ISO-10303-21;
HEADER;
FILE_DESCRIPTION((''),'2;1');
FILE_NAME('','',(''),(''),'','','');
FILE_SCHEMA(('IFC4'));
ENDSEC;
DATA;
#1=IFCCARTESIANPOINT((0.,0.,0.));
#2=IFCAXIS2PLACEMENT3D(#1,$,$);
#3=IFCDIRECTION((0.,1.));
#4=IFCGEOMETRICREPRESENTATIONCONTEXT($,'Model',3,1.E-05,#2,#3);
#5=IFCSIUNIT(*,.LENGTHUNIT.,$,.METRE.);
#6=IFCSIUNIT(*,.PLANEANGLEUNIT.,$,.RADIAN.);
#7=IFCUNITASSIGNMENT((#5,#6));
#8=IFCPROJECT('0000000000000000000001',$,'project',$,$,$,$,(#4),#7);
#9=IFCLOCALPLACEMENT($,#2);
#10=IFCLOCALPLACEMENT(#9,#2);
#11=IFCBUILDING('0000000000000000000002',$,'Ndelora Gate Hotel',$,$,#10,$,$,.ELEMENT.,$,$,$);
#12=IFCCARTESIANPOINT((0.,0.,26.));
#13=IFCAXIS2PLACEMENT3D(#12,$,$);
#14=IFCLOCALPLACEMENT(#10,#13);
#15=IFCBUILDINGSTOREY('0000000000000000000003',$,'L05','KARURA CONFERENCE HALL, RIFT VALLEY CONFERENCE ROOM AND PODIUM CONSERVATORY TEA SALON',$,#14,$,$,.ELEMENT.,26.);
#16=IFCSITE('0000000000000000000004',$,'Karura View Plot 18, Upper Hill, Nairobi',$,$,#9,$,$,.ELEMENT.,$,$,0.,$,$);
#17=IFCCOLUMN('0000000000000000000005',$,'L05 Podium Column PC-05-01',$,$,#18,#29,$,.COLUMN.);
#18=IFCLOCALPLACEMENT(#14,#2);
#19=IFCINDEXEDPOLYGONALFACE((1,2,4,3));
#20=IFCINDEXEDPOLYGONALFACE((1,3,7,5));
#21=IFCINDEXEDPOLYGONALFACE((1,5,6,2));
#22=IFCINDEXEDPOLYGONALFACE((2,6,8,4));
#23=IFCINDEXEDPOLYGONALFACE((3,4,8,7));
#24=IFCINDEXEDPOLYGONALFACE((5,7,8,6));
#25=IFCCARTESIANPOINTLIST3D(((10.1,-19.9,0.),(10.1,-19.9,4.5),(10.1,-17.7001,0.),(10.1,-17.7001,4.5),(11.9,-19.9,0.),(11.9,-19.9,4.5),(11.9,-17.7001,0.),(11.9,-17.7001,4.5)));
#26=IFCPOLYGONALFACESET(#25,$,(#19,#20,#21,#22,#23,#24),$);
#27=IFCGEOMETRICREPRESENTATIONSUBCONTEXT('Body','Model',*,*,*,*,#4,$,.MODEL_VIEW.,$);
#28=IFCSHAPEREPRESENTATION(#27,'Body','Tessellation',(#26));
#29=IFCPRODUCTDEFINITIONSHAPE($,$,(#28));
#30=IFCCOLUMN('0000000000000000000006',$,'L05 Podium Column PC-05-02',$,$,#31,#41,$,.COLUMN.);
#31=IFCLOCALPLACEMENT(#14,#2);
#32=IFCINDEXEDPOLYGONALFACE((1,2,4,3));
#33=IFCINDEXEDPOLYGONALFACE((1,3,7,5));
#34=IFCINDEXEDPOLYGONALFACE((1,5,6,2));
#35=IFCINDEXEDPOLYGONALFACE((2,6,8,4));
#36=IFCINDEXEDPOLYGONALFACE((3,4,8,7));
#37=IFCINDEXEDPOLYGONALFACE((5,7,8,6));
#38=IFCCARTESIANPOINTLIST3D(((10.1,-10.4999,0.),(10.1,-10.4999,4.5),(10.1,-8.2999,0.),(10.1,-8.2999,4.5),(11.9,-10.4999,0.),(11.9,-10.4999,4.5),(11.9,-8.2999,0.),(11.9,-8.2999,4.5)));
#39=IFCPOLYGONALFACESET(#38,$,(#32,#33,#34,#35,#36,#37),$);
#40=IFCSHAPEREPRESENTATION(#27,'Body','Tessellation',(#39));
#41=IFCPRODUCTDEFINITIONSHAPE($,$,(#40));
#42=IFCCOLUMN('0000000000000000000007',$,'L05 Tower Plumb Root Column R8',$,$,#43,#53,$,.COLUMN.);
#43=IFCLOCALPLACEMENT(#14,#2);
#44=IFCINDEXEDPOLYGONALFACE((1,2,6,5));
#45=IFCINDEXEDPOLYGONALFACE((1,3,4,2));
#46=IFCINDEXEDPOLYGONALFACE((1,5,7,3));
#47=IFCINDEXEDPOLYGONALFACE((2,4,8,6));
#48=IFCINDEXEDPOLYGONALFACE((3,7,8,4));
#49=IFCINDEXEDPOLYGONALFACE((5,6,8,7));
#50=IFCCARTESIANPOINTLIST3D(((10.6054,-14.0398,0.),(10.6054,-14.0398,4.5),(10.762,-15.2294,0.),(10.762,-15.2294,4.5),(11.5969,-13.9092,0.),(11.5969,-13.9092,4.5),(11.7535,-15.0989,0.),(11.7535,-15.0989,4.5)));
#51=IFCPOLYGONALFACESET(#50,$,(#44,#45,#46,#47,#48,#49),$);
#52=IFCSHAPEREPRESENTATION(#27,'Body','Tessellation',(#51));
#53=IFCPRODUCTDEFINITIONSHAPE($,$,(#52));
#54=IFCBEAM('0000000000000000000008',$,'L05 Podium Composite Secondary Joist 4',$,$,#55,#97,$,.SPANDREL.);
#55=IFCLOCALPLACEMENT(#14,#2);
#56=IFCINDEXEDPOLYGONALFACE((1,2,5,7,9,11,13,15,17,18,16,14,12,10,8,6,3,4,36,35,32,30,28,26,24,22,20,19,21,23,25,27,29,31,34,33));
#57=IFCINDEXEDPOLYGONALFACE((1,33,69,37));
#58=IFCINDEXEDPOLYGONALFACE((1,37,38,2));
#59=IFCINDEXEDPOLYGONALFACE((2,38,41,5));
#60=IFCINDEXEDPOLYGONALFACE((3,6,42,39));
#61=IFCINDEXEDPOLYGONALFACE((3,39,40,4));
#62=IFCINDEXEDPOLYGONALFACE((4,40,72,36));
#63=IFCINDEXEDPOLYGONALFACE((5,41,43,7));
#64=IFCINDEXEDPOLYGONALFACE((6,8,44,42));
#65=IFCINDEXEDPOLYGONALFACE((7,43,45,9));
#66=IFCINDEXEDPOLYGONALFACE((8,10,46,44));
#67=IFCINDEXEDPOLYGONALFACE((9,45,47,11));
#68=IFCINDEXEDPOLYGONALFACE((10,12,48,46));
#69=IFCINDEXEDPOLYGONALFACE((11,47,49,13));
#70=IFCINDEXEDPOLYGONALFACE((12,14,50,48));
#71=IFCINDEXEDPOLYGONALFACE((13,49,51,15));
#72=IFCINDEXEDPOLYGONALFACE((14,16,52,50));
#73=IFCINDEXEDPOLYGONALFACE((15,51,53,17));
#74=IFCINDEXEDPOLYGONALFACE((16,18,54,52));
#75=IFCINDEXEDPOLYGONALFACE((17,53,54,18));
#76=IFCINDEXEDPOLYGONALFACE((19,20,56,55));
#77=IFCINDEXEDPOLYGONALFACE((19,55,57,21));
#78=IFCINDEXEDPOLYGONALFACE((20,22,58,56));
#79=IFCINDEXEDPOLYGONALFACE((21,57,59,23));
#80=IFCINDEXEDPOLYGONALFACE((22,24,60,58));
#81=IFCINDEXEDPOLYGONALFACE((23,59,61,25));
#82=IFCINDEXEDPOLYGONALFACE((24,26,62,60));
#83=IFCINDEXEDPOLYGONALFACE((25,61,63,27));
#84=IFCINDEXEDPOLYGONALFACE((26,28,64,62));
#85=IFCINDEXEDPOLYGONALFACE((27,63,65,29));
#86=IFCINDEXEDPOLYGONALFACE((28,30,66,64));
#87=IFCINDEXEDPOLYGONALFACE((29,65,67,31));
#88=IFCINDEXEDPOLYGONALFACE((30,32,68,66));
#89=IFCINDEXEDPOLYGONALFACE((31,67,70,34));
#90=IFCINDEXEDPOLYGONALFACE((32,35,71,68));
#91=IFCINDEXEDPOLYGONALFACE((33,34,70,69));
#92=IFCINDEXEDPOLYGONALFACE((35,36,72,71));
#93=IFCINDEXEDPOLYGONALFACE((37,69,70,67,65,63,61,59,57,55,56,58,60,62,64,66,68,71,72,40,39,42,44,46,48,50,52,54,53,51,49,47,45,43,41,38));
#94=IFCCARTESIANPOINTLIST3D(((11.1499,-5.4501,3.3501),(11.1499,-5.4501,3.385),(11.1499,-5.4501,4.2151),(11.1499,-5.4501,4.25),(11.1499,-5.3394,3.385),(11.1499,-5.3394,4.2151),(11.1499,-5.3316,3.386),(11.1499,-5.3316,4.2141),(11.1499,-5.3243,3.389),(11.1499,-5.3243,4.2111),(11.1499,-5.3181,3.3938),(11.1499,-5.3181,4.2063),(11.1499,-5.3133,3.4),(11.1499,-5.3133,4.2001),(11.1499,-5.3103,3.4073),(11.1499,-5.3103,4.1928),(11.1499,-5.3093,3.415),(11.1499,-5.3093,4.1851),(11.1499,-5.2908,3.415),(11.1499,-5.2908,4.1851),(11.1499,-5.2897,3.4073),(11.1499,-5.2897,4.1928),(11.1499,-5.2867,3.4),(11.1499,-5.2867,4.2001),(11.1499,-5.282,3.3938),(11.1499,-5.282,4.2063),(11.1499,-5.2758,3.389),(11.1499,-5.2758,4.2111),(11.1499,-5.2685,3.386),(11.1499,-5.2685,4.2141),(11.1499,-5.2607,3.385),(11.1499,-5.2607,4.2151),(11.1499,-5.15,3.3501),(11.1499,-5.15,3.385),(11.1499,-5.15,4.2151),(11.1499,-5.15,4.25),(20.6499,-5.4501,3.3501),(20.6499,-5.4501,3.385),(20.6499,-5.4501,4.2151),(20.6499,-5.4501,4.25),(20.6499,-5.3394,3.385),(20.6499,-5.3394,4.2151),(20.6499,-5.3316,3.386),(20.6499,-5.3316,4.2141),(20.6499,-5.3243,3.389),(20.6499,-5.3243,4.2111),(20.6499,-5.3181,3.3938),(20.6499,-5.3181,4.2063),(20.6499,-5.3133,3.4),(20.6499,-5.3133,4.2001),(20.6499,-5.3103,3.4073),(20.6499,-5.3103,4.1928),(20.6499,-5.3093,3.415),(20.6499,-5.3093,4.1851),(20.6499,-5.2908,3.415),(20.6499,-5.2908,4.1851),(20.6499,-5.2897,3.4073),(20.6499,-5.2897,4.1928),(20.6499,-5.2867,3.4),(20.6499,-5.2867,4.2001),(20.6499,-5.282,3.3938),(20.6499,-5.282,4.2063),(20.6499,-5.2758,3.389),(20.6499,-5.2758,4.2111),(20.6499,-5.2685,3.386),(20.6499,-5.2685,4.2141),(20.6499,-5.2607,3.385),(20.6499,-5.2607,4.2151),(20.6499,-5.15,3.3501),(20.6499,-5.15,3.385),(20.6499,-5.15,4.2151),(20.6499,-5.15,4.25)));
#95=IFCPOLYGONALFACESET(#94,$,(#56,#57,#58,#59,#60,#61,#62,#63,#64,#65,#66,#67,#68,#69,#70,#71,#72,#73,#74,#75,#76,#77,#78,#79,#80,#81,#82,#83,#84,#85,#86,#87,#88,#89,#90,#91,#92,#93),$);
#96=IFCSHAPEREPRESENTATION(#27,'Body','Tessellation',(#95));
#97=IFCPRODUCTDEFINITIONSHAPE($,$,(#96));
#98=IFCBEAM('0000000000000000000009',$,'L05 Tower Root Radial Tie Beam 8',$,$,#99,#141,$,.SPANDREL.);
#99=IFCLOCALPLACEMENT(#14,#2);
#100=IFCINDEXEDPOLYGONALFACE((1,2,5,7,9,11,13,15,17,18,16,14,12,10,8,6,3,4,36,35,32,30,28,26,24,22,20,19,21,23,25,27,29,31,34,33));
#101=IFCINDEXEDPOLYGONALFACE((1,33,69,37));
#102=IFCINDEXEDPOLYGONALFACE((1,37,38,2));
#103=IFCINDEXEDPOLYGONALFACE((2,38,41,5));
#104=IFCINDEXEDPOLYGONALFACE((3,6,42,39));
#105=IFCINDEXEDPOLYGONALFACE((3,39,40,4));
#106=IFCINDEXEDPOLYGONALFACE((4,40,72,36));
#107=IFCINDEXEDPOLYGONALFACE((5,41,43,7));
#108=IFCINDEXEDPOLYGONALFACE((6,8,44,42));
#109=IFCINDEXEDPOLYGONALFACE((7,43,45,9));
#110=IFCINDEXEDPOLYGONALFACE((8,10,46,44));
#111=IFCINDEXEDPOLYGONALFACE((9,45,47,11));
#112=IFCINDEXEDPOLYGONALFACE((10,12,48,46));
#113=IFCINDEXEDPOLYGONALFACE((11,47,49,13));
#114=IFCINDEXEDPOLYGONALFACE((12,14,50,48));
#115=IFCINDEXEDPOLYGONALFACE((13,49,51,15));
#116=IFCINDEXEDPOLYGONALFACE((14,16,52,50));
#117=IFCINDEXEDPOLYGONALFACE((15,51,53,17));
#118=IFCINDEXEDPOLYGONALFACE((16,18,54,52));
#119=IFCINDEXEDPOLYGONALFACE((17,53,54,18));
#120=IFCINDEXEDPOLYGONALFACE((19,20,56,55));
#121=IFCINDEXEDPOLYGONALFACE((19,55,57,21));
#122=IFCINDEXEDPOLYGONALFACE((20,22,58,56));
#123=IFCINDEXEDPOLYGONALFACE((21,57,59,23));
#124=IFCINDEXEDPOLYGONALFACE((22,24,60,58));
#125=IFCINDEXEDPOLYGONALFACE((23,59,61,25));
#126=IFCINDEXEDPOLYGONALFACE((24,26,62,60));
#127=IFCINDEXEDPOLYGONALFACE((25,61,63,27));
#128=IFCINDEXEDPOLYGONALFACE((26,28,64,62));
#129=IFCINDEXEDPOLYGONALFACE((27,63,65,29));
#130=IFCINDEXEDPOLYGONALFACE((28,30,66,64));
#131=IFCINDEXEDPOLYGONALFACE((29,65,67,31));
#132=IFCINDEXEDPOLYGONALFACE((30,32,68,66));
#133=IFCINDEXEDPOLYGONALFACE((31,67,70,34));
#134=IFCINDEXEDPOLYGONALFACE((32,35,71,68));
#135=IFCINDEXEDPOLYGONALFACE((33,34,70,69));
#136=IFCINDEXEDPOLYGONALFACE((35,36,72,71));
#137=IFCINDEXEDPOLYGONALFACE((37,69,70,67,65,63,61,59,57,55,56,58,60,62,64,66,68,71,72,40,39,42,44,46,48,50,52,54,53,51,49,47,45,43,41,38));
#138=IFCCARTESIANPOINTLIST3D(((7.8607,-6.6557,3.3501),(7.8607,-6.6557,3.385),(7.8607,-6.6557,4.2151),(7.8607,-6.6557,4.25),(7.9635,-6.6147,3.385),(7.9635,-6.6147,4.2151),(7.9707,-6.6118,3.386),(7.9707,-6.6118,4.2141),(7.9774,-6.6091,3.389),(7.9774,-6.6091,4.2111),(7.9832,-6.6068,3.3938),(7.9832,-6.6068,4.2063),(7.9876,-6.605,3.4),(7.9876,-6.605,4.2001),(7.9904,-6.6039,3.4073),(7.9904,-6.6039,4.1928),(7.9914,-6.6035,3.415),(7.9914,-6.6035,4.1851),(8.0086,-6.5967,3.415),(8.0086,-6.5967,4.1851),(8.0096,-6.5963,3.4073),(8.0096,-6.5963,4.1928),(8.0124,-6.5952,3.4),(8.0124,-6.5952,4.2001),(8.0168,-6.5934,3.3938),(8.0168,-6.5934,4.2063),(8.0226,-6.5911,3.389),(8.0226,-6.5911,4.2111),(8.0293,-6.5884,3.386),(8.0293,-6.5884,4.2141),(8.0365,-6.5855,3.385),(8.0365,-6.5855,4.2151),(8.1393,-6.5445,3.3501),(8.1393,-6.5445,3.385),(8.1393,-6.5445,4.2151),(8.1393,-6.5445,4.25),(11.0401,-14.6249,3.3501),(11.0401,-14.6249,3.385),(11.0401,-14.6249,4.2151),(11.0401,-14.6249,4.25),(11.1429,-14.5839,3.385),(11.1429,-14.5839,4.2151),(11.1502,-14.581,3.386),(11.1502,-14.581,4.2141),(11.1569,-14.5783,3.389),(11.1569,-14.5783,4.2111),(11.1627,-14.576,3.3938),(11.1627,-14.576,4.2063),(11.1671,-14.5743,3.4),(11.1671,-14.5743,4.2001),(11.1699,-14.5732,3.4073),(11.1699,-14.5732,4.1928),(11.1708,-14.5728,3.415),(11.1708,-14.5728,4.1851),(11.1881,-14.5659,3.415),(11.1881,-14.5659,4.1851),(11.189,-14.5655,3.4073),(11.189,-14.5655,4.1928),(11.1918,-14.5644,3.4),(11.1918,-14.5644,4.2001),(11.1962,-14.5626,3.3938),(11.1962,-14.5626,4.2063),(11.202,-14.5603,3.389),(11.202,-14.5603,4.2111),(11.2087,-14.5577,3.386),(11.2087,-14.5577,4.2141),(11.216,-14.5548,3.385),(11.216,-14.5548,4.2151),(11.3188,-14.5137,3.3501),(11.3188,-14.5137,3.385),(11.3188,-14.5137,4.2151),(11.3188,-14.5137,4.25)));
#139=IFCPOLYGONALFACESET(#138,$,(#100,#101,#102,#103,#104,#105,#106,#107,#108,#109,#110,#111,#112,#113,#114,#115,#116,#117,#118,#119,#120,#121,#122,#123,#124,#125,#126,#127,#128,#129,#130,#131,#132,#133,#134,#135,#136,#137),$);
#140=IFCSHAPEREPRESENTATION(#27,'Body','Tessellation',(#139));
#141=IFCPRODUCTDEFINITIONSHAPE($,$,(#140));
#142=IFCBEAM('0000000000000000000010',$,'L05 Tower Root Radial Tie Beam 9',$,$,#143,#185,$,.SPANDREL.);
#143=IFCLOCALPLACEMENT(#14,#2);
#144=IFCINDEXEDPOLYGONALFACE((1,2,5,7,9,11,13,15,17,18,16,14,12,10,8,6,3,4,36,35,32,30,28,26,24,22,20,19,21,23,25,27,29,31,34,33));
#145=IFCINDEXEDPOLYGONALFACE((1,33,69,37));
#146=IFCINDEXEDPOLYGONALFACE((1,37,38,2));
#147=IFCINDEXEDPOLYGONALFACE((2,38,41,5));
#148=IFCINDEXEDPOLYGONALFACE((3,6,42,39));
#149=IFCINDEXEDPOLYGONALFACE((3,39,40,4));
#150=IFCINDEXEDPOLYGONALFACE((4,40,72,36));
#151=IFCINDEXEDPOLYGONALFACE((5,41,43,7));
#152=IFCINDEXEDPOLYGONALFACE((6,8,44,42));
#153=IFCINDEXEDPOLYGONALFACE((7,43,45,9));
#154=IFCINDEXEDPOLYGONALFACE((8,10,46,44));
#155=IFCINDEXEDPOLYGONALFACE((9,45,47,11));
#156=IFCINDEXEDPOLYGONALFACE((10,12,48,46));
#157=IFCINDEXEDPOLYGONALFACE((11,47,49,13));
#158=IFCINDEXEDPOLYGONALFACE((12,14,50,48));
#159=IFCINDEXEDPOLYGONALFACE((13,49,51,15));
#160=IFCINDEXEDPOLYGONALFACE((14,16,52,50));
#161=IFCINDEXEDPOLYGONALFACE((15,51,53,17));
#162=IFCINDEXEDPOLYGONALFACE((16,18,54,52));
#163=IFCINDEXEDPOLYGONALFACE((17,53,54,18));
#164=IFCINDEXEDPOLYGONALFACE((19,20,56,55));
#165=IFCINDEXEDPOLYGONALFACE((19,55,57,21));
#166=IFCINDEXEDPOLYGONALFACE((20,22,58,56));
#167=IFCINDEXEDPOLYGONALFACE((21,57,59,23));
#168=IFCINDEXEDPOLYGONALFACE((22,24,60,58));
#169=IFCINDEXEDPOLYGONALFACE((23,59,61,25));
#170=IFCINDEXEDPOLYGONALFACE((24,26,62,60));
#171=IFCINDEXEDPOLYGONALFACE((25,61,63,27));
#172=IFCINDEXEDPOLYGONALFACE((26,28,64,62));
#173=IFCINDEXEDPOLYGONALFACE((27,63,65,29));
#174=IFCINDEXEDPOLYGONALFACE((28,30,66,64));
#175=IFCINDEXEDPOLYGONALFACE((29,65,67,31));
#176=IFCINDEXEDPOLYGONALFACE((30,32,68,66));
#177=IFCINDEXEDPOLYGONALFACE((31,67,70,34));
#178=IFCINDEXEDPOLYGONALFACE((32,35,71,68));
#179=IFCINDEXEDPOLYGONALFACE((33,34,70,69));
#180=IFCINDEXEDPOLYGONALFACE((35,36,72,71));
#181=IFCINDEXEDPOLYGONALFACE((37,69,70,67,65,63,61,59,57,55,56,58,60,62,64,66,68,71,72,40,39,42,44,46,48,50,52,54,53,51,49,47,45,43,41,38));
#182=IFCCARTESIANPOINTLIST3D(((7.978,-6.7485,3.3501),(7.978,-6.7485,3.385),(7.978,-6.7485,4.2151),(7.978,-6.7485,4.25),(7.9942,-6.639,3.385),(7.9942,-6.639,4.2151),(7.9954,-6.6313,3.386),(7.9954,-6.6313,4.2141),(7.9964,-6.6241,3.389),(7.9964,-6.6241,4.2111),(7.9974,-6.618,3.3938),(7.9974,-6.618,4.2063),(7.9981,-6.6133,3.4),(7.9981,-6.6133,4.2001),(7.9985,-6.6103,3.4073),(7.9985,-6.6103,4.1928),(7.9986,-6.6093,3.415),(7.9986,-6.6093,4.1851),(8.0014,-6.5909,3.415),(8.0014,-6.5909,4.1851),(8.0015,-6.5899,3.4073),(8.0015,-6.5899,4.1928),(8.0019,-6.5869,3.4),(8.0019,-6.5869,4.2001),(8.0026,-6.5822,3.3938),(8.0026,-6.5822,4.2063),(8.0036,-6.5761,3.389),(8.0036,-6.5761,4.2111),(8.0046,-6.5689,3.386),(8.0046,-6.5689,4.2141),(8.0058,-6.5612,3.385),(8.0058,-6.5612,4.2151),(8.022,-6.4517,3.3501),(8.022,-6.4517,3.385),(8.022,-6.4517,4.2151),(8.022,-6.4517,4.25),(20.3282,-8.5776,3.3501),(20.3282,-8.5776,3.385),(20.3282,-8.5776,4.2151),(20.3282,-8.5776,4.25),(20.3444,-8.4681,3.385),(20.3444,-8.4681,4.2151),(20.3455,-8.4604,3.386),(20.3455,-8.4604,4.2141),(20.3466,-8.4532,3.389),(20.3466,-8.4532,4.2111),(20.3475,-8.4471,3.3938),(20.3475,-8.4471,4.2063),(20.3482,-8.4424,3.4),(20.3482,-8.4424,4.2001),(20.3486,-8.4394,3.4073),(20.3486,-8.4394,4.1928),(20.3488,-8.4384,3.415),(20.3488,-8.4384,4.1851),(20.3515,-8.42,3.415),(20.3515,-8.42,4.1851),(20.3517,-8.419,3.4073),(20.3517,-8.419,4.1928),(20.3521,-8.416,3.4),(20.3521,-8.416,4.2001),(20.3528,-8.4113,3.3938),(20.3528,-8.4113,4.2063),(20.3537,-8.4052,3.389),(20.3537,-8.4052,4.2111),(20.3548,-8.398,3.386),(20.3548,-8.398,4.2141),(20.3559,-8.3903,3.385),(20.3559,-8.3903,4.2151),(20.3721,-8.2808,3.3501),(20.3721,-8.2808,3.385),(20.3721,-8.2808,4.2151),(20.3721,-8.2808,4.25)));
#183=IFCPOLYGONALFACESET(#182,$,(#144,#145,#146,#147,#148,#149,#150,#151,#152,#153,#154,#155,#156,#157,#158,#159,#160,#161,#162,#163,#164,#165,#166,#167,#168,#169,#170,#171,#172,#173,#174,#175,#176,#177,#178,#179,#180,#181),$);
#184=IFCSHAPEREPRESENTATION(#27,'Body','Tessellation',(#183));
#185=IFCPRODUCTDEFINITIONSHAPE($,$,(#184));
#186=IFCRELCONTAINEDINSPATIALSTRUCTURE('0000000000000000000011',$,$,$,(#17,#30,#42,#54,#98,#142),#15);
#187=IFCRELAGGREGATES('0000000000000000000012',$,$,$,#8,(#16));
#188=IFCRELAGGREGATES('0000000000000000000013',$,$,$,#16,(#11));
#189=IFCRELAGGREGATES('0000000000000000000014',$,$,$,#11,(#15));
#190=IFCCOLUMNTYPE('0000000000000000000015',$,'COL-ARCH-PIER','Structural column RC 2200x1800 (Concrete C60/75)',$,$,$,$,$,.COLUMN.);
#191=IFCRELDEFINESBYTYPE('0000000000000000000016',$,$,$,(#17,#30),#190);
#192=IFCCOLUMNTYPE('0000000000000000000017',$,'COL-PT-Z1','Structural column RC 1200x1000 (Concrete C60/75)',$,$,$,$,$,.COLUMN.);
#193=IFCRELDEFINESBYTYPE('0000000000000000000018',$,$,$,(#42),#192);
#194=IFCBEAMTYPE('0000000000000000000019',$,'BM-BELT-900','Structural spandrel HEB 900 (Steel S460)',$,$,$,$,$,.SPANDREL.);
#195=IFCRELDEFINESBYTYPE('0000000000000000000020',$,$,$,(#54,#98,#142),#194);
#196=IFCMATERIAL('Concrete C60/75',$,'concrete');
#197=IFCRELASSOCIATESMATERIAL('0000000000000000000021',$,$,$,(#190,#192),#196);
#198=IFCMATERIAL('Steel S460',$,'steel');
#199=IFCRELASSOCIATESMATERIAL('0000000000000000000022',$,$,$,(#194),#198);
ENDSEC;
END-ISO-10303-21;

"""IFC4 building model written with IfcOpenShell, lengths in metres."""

from ifc_helpers import new_model, si_unit, direction, frame, origin, origin_2d, place, context, subcontext, project, spatial, rectangle, i_section, extrude, material, material_profile, profile_set, type_object, element, save


model = new_model("IFC4")

# Units and contexts
model_context = context("Model", 3, precision=1e-05, world=origin(), true_north=direction((0.0, 1.0)))
body_context = subcontext(model_context, "Body", "Model", "MODEL_VIEW")
ifc_project = project(units=[si_unit("LENGTHUNIT", "METRE"), si_unit("PLANEANGLEUNIT", "RADIAN")], contexts=[model_context])

# Site, building, storey
site_placement = place(None, origin())
site = spatial("IfcSite", under=ifc_project, at=site_placement, Name="Karura View Plot 18, Upper Hill, Nairobi", CompositionType="ELEMENT", RefElevation=0.0)
building_placement = place(site_placement, origin())
building = spatial("IfcBuilding", under=site, at=building_placement, Name="Ndelora Gate Hotel", CompositionType="ELEMENT")
storey_placement = place(building_placement, frame((0.0, 0.0, 26.0)))
storey = spatial("IfcBuildingStorey", under=building, at=storey_placement, Name="L05", Description="KARURA CONFERENCE HALL, RIFT VALLEY CONFERENCE ROOM AND PODIUM CONSERVATORY TEA SALON", CompositionType="ELEMENT", Elevation=26.0)

# Columns
ifc_material_1 = material(Name="Concrete C60/75", Category="concrete")
ifc_material_profile_1 = material_profile(ifc_material_1, rectangle(XDim=1.8, YDim=2.2, at=origin_2d()), Name="RC 2200x1800")
ifc_profile_set_1 = profile_set([ifc_material_profile_1], Name="Concrete C60/75")
column_type_1 = type_object("IfcColumnType", Name="COL-ARCH-PIER", Description="Structural column RC 2200x1800 (Concrete C60/75)", PredefinedType="COLUMN", material=ifc_profile_set_1)
for number, where, z_axis, x_axis, name in (
    (1, (11.0, -18.8, 0.0), (0.0, 0.0, 1.0), (1.0, 0.0, 0.0), "L05 Podium Column PC-05-01"),
    (2, (11.0, -9.3999, 0.0), (0.0, 0.0, 1.0), (1.0, 0.0, 0.0), "L05 Podium Column PC-05-02"),
):
    element("IfcColumn", number, at=place(storey_placement, frame(where, z_axis=z_axis, x_axis=x_axis)), inside=storey, type_object=column_type_1, Name=name, PredefinedType="COLUMN", context=body_context, shape_type="SweptSolid", body=[
        extrude(rectangle(XDim=1.8, YDim=2.2, at=origin_2d()), origin(), (0.0, 0.0, 1.0), 4.5),
    ])
ifc_material_profile_2 = material_profile(ifc_material_1, rectangle(XDim=1.0, YDim=1.2, at=origin_2d()), Name="RC 1200x1000")
ifc_profile_set_2 = profile_set([ifc_material_profile_2], Name="Concrete C60/75")
column_type_2 = type_object("IfcColumnType", Name="COL-PT-Z1", Description="Structural column RC 1200x1000 (Concrete C60/75)", PredefinedType="COLUMN", material=ifc_profile_set_2)
column_placement = place(storey_placement, frame((11.1794, -14.5693, 0.0), z_axis=(0.0, 0.0, 1.0), x_axis=(0.991445, 0.130526, 0.0)))
element("IfcColumn", 3, at=column_placement, inside=storey, type_object=column_type_2, Name="L05 Tower Plumb Root Column R8", PredefinedType="COLUMN", context=body_context, shape_type="SweptSolid", body=[
    extrude(rectangle(XDim=1.0, YDim=1.2, at=origin_2d()), origin(), (0.0, 0.0, 1.0), 4.5),
])

# Beams
ifc_material_2 = material(Name="Steel S460", Category="steel")
ifc_material_profile_3 = material_profile(ifc_material_2, i_section(OverallWidth=0.3, OverallDepth=0.8999, WebThickness=0.0186, FlangeThickness=0.0349, FilletRadius=0.03, at=origin_2d()), Name="HEB 900")
ifc_profile_set_3 = profile_set([ifc_material_profile_3], Name="Steel S460")
beam_type_1 = type_object("IfcBeamType", Name="BM-BELT-900", Description="Structural spandrel HEB 900 (Steel S460)", PredefinedType="SPANDREL", material=ifc_profile_set_3)
beam_1_placement = place(storey_placement, frame((11.1499, -5.3, 3.8), z_axis=(1.0, 0.0, 0.0), x_axis=(0.0, 1.0, 0.0)))
element("IfcBeam", 4, at=beam_1_placement, inside=storey, type_object=beam_type_1, Name="L05 Podium Composite Secondary Joist 4", PredefinedType="SPANDREL", context=body_context, shape_type="SweptSolid", body=[
    extrude(i_section(OverallWidth=0.3, OverallDepth=0.8999, WebThickness=0.0186, FlangeThickness=0.0349, FilletRadius=0.03, at=origin_2d()), origin(), (0.0, 0.0, 1.0), 9.5),
])
beam_2_placement = place(storey_placement, frame((8.0, -6.6001, 3.8), z_axis=(0.370561, -0.928808, 0.0), x_axis=(0.928808, 0.370561, 0.0)))
element("IfcBeam", 5, at=beam_2_placement, inside=storey, type_object=beam_type_1, Name="L05 Tower Root Radial Tie Beam 8", PredefinedType="SPANDREL", context=body_context, shape_type="SweptSolid", body=[
    extrude(i_section(OverallWidth=0.3, OverallDepth=0.8999, WebThickness=0.0186, FlangeThickness=0.0349, FilletRadius=0.03, at=origin_2d()), origin(), (0.0, 0.0, 1.0), 8.5801),
])
beam_3_placement = place(storey_placement, frame((8.0, -6.6001, 3.8), z_axis=(0.98921, -0.146506, 0.0), x_axis=(0.146506, 0.98921, 0.0)))
element("IfcBeam", 6, at=beam_3_placement, inside=storey, type_object=beam_type_1, Name="L05 Tower Root Radial Tie Beam 9", PredefinedType="SPANDREL", context=body_context, shape_type="SweptSolid", body=[
    extrude(i_section(OverallWidth=0.3, OverallDepth=0.8999, WebThickness=0.0186, FlangeThickness=0.0349, FilletRadius=0.03, at=origin_2d()), origin(), (0.0, 0.0, 1.0), 12.4849),
])

save(model, "model.ifc")
